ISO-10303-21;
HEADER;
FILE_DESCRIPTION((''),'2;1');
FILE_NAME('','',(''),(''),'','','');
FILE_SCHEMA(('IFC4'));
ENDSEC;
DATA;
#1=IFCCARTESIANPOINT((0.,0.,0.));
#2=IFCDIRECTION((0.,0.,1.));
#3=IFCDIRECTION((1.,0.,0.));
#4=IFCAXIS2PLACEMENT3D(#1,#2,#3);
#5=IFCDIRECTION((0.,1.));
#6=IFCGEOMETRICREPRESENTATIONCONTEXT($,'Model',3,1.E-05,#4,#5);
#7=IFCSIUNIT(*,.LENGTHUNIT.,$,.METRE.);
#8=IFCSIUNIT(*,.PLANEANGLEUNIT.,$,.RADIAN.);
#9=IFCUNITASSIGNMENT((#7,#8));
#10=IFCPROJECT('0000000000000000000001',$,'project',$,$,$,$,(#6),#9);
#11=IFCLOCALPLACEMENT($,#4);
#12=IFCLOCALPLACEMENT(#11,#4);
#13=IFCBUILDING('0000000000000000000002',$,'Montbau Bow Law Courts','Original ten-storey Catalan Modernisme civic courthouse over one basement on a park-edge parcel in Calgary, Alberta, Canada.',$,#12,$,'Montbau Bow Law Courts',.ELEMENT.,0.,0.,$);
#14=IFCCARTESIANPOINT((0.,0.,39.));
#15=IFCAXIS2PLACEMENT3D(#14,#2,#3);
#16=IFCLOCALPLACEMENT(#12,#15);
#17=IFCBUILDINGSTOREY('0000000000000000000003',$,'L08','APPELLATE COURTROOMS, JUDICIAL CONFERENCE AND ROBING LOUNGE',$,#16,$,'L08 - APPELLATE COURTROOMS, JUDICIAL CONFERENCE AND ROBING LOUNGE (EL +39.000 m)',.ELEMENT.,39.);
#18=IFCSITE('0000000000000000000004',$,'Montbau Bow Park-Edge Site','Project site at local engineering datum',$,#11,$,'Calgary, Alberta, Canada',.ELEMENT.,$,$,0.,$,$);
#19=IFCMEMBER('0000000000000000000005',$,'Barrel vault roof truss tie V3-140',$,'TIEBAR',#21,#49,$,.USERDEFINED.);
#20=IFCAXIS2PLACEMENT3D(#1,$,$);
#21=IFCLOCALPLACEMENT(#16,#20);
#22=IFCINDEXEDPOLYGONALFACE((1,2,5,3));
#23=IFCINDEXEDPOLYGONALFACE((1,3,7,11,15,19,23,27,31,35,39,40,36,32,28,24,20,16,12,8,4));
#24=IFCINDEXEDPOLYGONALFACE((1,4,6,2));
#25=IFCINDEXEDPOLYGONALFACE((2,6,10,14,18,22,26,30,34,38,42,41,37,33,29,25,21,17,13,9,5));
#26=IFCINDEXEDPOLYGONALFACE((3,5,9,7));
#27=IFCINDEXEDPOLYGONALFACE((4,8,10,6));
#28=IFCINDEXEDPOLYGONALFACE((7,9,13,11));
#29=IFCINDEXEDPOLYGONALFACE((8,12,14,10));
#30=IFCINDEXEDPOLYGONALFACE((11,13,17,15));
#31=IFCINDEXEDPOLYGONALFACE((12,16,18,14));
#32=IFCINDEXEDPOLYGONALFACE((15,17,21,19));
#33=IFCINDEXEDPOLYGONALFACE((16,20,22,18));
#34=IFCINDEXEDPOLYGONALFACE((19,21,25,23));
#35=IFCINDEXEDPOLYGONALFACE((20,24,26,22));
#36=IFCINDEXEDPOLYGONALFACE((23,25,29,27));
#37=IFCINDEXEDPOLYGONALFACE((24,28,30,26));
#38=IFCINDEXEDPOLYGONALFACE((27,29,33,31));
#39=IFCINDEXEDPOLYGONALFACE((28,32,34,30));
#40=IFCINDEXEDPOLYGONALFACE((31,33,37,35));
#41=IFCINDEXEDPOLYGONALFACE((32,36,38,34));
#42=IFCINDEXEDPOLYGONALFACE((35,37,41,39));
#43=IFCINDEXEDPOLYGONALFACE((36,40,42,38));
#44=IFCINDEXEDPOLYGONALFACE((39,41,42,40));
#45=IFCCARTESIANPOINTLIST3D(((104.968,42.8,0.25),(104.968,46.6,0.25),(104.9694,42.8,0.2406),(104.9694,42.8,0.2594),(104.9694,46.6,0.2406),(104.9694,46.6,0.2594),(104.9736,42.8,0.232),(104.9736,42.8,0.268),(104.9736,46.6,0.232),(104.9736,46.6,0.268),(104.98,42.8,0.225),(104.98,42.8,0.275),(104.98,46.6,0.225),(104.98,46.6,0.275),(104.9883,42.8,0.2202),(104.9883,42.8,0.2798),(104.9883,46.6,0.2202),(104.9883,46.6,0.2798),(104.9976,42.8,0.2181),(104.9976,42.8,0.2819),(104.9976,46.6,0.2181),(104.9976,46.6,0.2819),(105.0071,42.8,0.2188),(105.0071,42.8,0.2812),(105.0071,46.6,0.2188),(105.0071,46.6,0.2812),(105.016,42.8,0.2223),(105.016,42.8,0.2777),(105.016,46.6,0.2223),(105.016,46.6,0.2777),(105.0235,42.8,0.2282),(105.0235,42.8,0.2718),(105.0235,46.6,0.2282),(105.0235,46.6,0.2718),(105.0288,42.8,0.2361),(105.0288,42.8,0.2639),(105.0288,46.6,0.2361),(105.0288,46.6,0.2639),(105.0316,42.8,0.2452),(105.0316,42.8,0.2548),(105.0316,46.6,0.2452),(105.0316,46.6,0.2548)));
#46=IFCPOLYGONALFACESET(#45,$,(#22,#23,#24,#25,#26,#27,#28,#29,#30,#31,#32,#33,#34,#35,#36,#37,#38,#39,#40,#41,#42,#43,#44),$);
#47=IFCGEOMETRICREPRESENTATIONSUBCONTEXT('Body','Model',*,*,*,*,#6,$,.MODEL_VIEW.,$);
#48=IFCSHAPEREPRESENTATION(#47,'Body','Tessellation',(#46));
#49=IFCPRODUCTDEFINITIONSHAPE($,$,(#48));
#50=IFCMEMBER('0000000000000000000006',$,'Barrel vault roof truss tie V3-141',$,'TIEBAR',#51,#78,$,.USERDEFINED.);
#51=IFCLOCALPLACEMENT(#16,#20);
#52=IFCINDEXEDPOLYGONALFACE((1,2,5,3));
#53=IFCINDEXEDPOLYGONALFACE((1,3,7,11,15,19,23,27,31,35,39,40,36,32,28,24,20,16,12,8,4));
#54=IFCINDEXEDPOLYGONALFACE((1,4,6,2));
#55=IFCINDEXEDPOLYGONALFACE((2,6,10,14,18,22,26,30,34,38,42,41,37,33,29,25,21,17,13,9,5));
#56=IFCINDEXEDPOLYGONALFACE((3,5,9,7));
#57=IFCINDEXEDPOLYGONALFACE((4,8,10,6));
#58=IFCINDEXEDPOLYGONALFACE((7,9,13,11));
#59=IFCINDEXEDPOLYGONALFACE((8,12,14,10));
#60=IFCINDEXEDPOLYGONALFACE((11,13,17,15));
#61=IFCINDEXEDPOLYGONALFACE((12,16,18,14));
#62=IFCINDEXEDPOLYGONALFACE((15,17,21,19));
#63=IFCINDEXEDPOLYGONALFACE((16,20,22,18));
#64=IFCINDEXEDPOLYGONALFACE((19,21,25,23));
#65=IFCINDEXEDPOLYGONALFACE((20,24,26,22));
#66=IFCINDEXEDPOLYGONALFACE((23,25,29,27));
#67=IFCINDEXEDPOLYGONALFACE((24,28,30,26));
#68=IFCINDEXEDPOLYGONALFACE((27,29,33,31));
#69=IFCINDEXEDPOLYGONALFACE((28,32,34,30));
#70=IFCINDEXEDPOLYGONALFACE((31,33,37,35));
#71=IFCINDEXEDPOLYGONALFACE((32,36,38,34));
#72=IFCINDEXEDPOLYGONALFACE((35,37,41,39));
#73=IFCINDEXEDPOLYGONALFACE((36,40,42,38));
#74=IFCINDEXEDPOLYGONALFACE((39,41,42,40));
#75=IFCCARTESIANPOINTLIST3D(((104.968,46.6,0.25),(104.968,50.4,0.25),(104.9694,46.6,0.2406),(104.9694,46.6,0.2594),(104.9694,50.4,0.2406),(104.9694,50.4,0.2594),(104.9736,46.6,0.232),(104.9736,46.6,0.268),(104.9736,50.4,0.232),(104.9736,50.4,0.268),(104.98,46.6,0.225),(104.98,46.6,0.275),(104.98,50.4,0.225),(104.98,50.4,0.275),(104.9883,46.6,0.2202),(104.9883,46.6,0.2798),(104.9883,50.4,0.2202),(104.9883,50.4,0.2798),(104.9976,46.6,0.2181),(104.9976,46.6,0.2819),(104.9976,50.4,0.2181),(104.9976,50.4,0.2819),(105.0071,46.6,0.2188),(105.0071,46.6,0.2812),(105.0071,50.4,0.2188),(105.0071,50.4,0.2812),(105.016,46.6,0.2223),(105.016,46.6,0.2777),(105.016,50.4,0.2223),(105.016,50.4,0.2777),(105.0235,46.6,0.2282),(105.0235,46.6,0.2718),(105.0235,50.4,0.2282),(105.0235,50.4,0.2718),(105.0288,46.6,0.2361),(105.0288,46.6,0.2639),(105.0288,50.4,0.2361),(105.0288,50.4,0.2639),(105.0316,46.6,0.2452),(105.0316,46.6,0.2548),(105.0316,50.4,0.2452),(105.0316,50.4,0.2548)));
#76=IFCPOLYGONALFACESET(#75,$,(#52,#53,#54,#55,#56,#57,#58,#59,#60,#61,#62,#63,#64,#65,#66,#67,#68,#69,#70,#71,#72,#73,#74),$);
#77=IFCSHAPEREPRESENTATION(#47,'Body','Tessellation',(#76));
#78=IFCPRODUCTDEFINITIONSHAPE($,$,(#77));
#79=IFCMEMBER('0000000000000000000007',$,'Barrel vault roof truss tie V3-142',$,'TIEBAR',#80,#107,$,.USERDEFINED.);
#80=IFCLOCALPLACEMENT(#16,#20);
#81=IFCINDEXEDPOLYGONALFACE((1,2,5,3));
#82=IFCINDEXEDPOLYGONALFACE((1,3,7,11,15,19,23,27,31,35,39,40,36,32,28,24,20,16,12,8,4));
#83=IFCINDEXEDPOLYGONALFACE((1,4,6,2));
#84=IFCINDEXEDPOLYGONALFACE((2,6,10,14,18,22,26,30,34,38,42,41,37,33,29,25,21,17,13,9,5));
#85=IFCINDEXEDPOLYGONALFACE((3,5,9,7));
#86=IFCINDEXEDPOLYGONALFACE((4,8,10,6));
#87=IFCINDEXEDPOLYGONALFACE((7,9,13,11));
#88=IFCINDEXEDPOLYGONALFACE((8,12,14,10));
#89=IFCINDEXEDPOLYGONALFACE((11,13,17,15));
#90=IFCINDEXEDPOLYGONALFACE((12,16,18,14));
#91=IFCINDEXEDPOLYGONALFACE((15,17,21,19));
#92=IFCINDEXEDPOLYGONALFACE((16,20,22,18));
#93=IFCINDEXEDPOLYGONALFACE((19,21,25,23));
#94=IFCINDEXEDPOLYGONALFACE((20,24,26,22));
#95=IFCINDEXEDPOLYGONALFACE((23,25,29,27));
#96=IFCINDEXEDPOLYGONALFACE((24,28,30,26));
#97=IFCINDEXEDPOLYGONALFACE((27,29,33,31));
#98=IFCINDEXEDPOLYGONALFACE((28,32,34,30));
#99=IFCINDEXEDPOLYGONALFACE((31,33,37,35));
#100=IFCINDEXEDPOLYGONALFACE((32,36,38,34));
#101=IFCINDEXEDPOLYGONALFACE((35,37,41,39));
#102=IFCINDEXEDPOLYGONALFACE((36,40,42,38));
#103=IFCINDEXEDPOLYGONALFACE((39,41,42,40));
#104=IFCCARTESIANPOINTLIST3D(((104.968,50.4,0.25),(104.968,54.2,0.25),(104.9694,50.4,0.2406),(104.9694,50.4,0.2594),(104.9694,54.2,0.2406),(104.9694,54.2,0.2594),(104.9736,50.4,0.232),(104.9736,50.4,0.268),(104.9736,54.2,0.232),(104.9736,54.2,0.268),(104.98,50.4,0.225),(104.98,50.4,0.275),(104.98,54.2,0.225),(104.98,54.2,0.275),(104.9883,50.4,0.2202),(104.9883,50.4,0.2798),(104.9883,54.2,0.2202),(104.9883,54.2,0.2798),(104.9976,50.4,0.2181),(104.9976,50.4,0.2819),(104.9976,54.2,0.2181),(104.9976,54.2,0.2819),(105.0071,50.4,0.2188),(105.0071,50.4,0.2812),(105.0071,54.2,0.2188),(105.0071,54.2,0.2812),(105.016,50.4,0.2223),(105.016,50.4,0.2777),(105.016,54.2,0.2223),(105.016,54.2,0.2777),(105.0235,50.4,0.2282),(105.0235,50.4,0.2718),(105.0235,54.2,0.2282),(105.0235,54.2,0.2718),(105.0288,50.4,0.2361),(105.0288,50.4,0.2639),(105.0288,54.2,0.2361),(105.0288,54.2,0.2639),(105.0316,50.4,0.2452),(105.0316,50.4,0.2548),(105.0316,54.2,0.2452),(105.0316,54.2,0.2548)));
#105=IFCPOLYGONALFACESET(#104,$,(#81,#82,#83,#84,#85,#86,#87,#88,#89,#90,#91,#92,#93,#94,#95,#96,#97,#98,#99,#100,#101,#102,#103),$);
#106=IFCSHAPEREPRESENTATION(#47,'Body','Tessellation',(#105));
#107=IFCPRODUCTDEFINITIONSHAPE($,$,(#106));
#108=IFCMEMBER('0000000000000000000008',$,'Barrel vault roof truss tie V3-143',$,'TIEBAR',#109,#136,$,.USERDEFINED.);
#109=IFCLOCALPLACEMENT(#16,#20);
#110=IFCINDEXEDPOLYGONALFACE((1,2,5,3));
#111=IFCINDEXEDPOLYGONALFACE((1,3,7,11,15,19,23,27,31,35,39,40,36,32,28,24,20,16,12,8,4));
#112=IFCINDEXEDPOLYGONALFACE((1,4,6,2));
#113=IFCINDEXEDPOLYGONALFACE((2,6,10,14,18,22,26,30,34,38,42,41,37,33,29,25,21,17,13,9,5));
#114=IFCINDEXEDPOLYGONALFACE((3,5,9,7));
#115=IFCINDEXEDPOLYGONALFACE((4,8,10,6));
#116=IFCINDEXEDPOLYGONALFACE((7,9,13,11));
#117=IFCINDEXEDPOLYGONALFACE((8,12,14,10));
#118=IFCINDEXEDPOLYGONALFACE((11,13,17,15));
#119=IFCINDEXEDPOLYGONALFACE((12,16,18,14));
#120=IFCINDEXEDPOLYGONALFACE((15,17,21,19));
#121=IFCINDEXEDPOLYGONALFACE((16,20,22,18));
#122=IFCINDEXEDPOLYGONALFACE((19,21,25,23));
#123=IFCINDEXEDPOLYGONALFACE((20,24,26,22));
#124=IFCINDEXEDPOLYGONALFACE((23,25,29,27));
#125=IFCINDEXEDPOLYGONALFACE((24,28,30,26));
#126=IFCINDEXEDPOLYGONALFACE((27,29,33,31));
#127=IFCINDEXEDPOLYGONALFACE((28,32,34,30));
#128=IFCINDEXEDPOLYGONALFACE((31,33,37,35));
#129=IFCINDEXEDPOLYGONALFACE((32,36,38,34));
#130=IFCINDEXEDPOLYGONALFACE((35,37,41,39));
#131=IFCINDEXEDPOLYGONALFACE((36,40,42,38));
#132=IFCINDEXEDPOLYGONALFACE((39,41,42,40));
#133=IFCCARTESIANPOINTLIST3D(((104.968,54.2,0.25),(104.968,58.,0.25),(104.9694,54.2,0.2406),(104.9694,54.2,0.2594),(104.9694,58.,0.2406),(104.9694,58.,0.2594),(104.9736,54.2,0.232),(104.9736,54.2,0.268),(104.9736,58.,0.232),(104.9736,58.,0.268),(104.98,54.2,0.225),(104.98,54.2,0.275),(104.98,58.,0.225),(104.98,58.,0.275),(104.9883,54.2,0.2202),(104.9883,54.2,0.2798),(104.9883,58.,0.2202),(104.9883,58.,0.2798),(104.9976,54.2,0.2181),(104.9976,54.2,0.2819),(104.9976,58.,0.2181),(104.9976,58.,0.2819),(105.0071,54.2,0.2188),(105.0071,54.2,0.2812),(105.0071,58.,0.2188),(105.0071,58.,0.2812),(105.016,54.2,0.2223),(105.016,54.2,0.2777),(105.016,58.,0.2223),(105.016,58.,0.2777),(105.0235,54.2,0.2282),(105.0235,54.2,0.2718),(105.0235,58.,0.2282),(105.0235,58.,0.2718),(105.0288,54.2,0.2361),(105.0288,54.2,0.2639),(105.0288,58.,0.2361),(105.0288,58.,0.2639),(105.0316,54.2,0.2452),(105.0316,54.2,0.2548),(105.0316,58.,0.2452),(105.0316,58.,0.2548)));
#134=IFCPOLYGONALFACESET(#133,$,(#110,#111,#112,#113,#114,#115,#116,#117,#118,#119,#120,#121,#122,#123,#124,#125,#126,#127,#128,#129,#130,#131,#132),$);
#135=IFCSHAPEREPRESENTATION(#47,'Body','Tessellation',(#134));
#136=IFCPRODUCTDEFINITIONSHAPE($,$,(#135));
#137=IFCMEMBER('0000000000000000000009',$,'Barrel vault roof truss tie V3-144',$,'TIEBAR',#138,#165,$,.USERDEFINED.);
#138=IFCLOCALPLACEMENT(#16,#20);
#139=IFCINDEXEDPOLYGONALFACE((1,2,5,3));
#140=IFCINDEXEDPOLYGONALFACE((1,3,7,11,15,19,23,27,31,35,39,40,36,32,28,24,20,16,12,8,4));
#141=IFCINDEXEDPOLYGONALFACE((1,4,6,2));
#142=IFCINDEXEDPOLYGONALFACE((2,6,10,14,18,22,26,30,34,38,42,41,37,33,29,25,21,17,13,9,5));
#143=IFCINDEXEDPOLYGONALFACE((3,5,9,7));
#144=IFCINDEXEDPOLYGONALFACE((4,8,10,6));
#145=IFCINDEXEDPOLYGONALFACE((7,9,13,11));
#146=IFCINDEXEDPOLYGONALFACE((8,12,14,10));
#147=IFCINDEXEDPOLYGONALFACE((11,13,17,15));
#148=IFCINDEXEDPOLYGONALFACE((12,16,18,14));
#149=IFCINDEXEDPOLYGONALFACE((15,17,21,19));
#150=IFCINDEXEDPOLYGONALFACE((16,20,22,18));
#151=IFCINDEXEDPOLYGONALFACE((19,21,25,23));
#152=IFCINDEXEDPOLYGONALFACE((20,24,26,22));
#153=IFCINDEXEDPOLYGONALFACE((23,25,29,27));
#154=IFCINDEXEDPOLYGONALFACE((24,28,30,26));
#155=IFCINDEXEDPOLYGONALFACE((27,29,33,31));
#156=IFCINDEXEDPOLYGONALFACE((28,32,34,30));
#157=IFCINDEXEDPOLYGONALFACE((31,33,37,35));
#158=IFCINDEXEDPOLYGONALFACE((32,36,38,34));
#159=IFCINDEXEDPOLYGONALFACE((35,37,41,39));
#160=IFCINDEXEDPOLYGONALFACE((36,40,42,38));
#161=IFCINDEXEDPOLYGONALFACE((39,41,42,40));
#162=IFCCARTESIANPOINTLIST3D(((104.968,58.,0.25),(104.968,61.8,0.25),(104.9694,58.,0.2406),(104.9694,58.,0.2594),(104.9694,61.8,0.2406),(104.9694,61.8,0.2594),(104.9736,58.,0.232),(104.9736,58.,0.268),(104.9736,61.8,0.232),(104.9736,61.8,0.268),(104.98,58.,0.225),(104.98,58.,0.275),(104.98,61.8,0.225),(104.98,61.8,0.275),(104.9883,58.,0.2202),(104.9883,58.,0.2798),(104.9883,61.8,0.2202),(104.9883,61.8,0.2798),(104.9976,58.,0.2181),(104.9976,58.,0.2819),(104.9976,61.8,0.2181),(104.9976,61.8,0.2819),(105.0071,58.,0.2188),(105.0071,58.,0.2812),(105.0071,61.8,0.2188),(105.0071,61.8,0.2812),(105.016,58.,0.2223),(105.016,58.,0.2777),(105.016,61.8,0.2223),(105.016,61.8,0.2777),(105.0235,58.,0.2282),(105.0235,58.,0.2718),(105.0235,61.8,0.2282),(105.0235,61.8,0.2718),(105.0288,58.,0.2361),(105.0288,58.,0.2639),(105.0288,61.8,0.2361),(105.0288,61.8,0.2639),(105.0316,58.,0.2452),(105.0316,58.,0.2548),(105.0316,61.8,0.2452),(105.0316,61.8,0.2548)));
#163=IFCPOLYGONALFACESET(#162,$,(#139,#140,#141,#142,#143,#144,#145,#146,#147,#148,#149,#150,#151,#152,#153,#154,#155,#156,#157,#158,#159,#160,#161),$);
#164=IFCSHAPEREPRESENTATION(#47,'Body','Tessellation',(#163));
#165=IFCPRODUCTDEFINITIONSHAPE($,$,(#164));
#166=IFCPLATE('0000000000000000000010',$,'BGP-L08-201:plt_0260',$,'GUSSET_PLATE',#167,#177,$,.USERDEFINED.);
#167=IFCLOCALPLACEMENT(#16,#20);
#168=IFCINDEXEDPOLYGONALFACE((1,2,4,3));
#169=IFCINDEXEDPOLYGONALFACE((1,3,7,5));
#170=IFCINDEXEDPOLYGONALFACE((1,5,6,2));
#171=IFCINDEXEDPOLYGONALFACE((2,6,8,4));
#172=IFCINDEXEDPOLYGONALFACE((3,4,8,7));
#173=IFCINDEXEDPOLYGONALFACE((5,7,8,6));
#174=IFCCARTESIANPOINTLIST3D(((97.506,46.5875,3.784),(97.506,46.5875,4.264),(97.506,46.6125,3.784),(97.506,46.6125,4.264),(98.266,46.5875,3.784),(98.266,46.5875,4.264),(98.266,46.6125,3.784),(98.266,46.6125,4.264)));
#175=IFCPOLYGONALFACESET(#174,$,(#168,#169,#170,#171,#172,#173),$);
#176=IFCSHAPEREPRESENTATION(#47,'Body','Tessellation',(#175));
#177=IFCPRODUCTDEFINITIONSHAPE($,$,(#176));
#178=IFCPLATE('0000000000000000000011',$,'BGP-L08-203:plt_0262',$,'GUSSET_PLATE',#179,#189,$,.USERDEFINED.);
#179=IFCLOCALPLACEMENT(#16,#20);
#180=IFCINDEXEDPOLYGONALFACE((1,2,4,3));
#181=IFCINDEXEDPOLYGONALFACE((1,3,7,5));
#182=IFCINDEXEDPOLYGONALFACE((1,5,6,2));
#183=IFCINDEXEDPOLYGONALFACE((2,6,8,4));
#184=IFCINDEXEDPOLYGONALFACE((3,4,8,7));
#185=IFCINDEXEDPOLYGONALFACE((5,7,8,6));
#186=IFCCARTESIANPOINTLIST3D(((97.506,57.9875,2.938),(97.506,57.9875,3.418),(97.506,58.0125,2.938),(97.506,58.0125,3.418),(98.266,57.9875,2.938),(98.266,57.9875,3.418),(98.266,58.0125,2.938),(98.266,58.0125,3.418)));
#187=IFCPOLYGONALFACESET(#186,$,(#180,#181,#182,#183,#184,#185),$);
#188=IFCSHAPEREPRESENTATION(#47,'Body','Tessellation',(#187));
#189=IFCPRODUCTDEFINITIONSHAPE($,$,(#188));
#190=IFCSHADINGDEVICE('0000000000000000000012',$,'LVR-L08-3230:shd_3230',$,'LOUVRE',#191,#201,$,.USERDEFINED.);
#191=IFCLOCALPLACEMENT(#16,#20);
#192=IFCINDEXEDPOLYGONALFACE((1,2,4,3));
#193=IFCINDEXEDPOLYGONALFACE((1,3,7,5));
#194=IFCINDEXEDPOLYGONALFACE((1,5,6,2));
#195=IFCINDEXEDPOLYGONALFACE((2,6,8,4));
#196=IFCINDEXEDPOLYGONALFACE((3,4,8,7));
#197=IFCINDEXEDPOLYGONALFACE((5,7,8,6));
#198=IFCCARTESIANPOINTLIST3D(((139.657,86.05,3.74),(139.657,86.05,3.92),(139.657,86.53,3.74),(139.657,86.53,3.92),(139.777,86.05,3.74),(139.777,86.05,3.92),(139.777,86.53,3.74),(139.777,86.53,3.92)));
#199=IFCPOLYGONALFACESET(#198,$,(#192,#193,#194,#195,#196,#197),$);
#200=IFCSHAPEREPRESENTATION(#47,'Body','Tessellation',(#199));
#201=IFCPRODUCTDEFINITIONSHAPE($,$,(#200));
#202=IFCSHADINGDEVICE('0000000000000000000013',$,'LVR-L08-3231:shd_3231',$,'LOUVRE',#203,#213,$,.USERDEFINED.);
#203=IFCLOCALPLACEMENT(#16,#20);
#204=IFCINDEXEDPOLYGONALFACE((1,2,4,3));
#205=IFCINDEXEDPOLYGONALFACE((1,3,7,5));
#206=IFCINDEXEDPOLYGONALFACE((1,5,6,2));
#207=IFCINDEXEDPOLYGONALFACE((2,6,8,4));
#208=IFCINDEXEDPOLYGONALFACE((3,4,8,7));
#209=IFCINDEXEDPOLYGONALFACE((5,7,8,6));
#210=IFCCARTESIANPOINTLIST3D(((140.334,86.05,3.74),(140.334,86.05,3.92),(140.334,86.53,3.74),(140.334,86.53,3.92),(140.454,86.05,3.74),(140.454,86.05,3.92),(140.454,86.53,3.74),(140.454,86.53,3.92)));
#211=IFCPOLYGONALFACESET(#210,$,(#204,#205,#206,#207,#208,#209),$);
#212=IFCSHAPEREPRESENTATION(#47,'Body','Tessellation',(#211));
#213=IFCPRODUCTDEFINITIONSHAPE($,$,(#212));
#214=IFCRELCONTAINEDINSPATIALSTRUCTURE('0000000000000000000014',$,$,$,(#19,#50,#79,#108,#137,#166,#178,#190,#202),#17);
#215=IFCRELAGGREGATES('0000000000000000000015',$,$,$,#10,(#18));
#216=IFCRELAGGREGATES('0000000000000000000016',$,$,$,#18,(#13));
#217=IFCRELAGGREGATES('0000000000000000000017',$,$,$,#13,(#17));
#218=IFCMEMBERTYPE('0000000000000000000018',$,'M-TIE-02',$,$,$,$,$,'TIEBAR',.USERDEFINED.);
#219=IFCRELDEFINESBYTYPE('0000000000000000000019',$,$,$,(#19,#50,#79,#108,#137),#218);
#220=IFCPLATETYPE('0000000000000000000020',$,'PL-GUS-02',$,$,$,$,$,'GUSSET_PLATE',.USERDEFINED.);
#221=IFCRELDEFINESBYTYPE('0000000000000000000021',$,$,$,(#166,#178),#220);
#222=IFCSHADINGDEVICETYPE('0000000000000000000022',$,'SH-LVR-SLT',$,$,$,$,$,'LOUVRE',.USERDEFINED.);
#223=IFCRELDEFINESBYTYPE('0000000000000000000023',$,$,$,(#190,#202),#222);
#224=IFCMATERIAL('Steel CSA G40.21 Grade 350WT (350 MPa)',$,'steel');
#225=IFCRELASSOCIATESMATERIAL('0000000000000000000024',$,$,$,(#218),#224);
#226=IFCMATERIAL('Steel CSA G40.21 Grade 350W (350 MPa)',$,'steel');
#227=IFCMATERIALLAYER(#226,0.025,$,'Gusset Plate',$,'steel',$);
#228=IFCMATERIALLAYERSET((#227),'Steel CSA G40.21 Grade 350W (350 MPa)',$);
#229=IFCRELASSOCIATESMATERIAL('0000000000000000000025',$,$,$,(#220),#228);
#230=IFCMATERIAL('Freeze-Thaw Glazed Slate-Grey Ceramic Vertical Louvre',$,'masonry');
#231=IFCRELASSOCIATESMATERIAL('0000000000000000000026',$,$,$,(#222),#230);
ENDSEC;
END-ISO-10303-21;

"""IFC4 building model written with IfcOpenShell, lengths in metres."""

from ifc_helpers import new_model, si_unit, direction, frame, origin_with_axes, origin_2d_with_axis, place, context, subcontext, project, spatial, rectangle, circle, extrude, material, layer, layer_set, material_profile, profile_set, type_object, element, save


model = new_model("IFC4")

# Units and contexts
model_context = context("Model", 3, precision=1e-05, world=origin_with_axes(), true_north=direction((0.0, 1.0)))
body_context = subcontext(model_context, "Body", "Model", "MODEL_VIEW")
ifc_project = project(units=[si_unit("LENGTHUNIT", "METRE"), si_unit("PLANEANGLEUNIT", "RADIAN")], contexts=[model_context])

# Site, building, storey
site_placement = place(None, origin_with_axes())
site = spatial("IfcSite", under=ifc_project, at=site_placement, Name="Montbau Bow Park-Edge Site", Description="Project site at local engineering datum", LongName="Calgary, Alberta, Canada", CompositionType="ELEMENT", RefElevation=0.0)
building_placement = place(site_placement, origin_with_axes())
building = spatial("IfcBuilding", under=site, at=building_placement, Name="Montbau Bow Law Courts", Description="Original ten-storey Catalan Modernisme civic courthouse over one basement on a park-edge parcel in Calgary, Alberta, Canada.", LongName="Montbau Bow Law Courts", CompositionType="ELEMENT", ElevationOfRefHeight=0.0, ElevationOfTerrain=0.0)
storey_placement = place(building_placement, frame((0.0, 0.0, 39.0), z_axis=(0.0, 0.0, 1.0), x_axis=(1.0, 0.0, 0.0)))
storey = spatial("IfcBuildingStorey", under=building, at=storey_placement, Name="L08", Description="APPELLATE COURTROOMS, JUDICIAL CONFERENCE AND ROBING LOUNGE", LongName="L08 - APPELLATE COURTROOMS, JUDICIAL CONFERENCE AND ROBING LOUNGE (EL +39.000 m)", CompositionType="ELEMENT", Elevation=39.0)

# Shared definitions
ifc_material_1 = material(Name="Steel CSA G40.21 Grade 350W (350 MPa)", Category="steel")

# Shared definitions
ifc_material_2 = material(Name="Steel CSA G40.21 Grade 350WT (350 MPa)", Category="steel")

# Members
ifc_material_profile_1 = material_profile(ifc_material_2, circle(Radius=0.032, at=origin_2d_with_axis()), Name="ROD64", Category="Main", Priority=0)
ifc_profile_set_1 = profile_set([ifc_material_profile_1], Name="Steel CSA G40.21 Grade 350WT (350 MPa)")
member_type_1 = type_object("IfcMemberType", Name="M-TIE-02", ElementType="TIEBAR", PredefinedType="USERDEFINED", material=ifc_profile_set_1)
for number, where, z_axis, x_axis, name in (
    (1, (105.0, 42.8, 39.25), (0.0, 1.0, 0.0), (-1.0, 0.0, 0.0), "Barrel vault roof truss tie V3-140"),
    (2, (105.0, 46.6, 39.25), (0.0, 1.0, 0.0), (-1.0, 0.0, 0.0), "Barrel vault roof truss tie V3-141"),
    (3, (105.0, 50.4, 39.25), (0.0, 1.0, 0.0), (-1.0, 0.0, 0.0), "Barrel vault roof truss tie V3-142"),
    (4, (105.0, 54.2, 39.25), (0.0, 1.0, 0.0), (-1.0, 0.0, 0.0), "Barrel vault roof truss tie V3-143"),
    (5, (105.0, 58.0, 39.25), (0.0, 1.0, 0.0), (-1.0, 0.0, 0.0), "Barrel vault roof truss tie V3-144"),
):
    element("IfcMember", number, at=place(None, frame(where, z_axis=z_axis, x_axis=x_axis)), inside=storey, type_object=member_type_1, Name=name, ObjectType="TIEBAR", PredefinedType="USERDEFINED", context=body_context, shape_type="SweptSolid", body=[
        extrude(circle(Radius=0.032, at=origin_2d_with_axis()), origin_with_axes(), (0.0, 0.0, 1.0), 3.8),
    ])

# Plates
ifc_layer = layer(ifc_material_1, 0.025, Name="Gusset Plate", Category="steel")
ifc_layer_set = layer_set([ifc_layer], Name="Steel CSA G40.21 Grade 350W (350 MPa)")
plate_type = type_object("IfcPlateType", Name="PL-GUS-02", ElementType="GUSSET_PLATE", PredefinedType="USERDEFINED", material=ifc_layer_set)
for number, where, z_axis, x_axis, name in (
    (6, (97.886, 46.6, 42.784), (0.0, 0.0, 1.0), (1.0, 0.0, 0.0), "BGP-L08-201:plt_0260"),
    (7, (97.886, 58.0, 41.938), (0.0, 0.0, 1.0), (1.0, 0.0, 0.0), "BGP-L08-203:plt_0262"),
):
    element("IfcPlate", number, at=place(None, frame(where, z_axis=z_axis, x_axis=x_axis)), inside=storey, type_object=plate_type, Name=name, ObjectType="GUSSET_PLATE", PredefinedType="USERDEFINED", context=body_context, shape_type="SweptSolid", body=[
        extrude(rectangle(XDim=0.76, YDim=0.025, at=origin_2d_with_axis()), origin_with_axes(), (0.0, 0.0, 1.0), 0.48),
    ])

# Shading devices
ifc_material_3 = material(Name="Freeze-Thaw Glazed Slate-Grey Ceramic Vertical Louvre", Category="masonry")
shading_device_type = type_object("IfcShadingDeviceType", Name="SH-LVR-SLT", ElementType="LOUVRE", PredefinedType="USERDEFINED", material=ifc_material_3)
for number, where, z_axis, x_axis, name in (
    (8, (139.717, 86.29, 42.74), (0.0, 0.0, 1.0), (0.0, -1.0, 0.0), "LVR-L08-3230:shd_3230"),
    (9, (140.394, 86.29, 42.74), (0.0, 0.0, 1.0), (0.0, -1.0, 0.0), "LVR-L08-3231:shd_3231"),
):
    element("IfcShadingDevice", number, at=place(None, frame(where, z_axis=z_axis, x_axis=x_axis)), inside=storey, type_object=shading_device_type, Name=name, ObjectType="LOUVRE", PredefinedType="USERDEFINED", context=body_context, shape_type="SweptSolid", body=[
        extrude(rectangle(XDim=0.48, YDim=0.12, at=origin_2d_with_axis()), origin_with_axes(), (0.0, 0.0, 1.0), 0.18),
    ])

save(model, "model.ifc")
